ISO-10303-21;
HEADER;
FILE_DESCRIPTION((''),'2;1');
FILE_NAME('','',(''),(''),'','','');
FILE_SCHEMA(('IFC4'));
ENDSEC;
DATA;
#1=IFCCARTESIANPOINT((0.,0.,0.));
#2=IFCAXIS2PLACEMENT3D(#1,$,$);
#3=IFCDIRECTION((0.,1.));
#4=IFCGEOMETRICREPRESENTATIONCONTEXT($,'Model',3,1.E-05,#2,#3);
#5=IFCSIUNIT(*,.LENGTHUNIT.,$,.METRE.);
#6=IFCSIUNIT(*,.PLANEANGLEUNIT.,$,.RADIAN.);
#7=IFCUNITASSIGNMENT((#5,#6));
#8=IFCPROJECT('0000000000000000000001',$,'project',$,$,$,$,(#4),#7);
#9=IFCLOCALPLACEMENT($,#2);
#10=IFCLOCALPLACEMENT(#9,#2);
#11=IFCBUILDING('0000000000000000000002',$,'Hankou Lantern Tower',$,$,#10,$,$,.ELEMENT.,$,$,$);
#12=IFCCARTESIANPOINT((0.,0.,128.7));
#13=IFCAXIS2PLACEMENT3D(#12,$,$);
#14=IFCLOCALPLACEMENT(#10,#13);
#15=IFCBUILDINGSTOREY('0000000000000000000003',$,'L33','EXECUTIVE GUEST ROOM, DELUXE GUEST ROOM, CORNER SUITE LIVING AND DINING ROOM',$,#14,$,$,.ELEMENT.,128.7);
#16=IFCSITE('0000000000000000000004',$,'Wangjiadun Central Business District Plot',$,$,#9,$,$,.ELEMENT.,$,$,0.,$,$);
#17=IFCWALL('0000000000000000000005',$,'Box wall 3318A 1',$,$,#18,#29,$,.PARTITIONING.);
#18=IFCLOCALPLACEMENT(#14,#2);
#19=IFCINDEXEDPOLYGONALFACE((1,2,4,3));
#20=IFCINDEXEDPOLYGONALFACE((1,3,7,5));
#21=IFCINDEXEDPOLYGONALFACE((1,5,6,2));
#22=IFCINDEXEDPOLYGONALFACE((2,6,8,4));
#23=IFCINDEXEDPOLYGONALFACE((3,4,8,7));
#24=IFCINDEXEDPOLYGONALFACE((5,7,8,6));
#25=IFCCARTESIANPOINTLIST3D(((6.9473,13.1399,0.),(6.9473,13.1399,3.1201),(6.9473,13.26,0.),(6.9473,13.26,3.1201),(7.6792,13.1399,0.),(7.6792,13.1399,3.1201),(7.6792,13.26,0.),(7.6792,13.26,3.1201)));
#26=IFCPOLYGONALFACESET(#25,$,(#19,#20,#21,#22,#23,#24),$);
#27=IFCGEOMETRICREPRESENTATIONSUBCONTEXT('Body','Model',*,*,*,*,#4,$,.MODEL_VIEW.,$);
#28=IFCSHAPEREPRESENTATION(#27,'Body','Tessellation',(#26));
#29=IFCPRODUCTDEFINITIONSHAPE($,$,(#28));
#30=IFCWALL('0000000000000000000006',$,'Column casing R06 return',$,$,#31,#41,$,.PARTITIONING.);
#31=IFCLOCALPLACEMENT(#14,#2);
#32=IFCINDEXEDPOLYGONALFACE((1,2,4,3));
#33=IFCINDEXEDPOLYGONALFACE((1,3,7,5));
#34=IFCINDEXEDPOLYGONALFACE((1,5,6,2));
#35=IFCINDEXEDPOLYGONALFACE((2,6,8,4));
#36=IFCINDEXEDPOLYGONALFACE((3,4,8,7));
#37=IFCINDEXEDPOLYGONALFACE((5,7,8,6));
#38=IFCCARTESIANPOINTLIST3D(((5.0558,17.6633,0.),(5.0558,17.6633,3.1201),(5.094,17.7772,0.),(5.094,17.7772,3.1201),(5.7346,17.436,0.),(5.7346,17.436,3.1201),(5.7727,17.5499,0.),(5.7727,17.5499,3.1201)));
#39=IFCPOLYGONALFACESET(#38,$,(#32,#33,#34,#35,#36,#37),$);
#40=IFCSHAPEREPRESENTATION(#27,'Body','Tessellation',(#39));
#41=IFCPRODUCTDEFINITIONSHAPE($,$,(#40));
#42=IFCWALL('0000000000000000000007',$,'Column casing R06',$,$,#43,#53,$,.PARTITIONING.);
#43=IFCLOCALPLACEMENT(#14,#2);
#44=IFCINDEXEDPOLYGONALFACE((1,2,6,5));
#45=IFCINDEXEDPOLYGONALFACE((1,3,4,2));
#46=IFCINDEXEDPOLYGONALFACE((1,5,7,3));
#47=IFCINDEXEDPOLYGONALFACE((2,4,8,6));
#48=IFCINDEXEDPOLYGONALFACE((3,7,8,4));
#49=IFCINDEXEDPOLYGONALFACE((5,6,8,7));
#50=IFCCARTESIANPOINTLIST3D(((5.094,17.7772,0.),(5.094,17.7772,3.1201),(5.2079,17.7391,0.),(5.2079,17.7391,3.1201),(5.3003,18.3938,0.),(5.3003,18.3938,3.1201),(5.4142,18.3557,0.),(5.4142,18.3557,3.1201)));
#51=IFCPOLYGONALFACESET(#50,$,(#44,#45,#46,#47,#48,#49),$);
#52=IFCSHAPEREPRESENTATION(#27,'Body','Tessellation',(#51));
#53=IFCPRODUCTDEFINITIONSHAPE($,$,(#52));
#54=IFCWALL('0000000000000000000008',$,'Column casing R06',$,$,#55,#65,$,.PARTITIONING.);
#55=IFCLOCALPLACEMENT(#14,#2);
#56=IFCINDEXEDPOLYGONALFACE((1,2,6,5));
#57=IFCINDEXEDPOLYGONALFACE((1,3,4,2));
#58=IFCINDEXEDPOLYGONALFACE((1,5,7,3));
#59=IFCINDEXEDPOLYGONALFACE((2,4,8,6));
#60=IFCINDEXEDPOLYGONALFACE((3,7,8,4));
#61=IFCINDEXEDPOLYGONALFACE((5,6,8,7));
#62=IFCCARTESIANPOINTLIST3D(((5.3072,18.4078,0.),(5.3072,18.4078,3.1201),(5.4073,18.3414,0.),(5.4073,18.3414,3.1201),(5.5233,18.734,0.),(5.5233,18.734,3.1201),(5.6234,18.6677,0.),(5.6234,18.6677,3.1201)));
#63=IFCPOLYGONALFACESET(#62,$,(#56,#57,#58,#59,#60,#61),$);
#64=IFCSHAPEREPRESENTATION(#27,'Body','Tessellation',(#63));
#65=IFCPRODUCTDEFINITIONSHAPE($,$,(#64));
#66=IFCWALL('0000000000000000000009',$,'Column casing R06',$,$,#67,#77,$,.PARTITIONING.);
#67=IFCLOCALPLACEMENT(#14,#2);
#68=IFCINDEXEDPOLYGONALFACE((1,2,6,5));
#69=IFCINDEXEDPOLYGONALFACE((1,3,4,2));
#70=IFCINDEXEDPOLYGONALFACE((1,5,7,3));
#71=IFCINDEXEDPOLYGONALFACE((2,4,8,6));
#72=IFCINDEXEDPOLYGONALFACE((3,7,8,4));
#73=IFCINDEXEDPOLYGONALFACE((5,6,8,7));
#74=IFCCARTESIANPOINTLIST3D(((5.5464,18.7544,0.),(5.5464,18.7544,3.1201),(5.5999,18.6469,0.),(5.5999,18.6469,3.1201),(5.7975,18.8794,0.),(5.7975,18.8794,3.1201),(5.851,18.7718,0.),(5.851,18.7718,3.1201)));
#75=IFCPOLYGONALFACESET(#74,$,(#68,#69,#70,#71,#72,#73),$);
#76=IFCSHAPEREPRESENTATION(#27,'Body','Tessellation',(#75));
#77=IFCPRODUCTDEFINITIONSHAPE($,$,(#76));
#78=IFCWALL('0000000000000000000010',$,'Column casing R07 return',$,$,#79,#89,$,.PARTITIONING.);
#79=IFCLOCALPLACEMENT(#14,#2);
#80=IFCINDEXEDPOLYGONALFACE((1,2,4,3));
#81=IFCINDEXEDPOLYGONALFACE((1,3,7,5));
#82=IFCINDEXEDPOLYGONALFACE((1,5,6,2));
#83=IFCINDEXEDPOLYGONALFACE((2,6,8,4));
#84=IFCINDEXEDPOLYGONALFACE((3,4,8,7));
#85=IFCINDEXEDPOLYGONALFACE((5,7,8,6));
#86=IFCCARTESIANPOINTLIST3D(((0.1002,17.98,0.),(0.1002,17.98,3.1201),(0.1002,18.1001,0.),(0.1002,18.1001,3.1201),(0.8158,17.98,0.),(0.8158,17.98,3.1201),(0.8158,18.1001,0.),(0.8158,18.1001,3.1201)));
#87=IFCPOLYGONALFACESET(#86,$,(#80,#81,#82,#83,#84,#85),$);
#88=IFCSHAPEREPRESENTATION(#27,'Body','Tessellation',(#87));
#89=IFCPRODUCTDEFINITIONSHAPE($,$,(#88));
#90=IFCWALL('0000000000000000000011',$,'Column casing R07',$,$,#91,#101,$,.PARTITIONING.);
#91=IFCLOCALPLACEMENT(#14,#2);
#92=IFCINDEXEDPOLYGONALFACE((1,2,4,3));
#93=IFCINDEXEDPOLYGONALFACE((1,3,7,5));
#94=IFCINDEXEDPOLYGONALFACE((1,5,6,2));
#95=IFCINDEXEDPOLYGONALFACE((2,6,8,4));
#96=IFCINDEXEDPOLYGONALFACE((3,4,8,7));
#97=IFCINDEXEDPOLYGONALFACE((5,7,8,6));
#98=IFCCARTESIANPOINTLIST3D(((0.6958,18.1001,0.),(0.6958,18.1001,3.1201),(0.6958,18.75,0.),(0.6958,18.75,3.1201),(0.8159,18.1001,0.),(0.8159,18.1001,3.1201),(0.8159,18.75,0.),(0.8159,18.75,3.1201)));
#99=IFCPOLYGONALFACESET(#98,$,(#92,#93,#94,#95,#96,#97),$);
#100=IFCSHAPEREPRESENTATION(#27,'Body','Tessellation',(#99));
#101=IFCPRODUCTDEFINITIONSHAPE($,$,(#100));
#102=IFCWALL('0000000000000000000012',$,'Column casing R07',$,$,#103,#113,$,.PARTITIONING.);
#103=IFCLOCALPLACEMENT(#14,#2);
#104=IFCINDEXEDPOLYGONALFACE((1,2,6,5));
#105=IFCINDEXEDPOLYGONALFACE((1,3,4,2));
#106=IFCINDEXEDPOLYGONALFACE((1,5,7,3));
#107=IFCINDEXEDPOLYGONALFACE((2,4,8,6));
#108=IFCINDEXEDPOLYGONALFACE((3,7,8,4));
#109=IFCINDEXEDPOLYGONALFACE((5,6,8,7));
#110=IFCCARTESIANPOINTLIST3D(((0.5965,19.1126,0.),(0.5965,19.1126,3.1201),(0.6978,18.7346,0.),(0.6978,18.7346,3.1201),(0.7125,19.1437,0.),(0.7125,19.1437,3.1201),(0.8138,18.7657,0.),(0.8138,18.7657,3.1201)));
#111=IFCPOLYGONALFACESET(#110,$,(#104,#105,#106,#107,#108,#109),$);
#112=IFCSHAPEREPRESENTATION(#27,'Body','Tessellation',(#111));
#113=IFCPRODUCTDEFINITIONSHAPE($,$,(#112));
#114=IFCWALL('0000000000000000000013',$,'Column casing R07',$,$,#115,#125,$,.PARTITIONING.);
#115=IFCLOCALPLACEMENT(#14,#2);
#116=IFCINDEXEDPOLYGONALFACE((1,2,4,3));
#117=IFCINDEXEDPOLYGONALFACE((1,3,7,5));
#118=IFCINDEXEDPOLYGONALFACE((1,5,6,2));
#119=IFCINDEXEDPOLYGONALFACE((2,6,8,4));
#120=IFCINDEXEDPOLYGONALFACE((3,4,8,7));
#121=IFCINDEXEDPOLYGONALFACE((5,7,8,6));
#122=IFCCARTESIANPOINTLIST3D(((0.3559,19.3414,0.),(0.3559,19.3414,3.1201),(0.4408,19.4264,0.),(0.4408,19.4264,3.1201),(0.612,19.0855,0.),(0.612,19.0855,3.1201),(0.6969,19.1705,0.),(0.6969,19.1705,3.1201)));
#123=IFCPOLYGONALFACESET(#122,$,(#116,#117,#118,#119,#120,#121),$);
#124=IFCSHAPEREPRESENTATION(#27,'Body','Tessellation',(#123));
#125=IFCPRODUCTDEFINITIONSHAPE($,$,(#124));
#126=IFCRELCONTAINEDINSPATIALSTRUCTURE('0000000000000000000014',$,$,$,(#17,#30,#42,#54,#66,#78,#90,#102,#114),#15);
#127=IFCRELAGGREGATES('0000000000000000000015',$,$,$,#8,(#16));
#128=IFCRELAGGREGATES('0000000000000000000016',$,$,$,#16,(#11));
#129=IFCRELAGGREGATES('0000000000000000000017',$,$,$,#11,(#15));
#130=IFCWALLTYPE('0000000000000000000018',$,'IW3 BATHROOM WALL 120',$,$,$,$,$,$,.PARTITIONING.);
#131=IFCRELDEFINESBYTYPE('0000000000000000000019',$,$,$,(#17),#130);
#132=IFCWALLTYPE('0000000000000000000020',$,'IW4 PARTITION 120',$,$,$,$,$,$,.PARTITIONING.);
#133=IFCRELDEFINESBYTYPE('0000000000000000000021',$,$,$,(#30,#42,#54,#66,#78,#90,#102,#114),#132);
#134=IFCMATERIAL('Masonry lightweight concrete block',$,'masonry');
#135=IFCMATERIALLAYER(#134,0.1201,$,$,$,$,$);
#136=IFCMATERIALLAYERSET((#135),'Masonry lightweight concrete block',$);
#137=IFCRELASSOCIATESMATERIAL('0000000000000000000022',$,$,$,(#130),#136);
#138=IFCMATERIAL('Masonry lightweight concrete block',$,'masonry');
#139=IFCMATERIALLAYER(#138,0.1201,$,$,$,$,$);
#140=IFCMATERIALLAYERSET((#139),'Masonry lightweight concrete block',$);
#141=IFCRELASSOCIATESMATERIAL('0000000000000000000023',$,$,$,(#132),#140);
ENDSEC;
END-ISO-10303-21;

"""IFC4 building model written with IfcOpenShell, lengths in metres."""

from ifc_helpers import new_model, si_unit, direction, frame, frame_2d, origin, place, context, subcontext, project, spatial, rectangle, extrude, material, layer, layer_set, type_object, element, save


model = new_model("IFC4")

# Units and contexts
model_context = context("Model", 3, precision=1e-05, world=origin(), true_north=direction((0.0, 1.0)))
body_context = subcontext(model_context, "Body", "Model", "MODEL_VIEW")
ifc_project = project(units=[si_unit("LENGTHUNIT", "METRE"), si_unit("PLANEANGLEUNIT", "RADIAN")], contexts=[model_context])

# Site, building, storey
site_placement = place(None, origin())
site = spatial("IfcSite", under=ifc_project, at=site_placement, Name="Wangjiadun Central Business District Plot", CompositionType="ELEMENT", RefElevation=0.0)
building_placement = place(site_placement, origin())
building = spatial("IfcBuilding", under=site, at=building_placement, Name="Hankou Lantern Tower", CompositionType="ELEMENT")
storey_placement = place(building_placement, frame((0.0, 0.0, 128.7)))
storey = spatial("IfcBuildingStorey", under=building, at=storey_placement, Name="L33", Description="EXECUTIVE GUEST ROOM, DELUXE GUEST ROOM, CORNER SUITE LIVING AND DINING ROOM", CompositionType="ELEMENT", Elevation=128.7)

# Shared definitions
ifc_material_1 = material(Name="Masonry lightweight concrete block", Category="masonry")
ifc_layer_1 = layer(ifc_material_1, 0.1201)
ifc_layer_set_1 = layer_set([ifc_layer_1], Name="Masonry lightweight concrete block")
wall_type_1 = type_object("IfcWallType", Name="IW3 BATHROOM WALL 120", PredefinedType="PARTITIONING", material=ifc_layer_set_1)

# Walls
wall_1_placement = place(storey_placement, frame((6.9473, 13.2, 0.0), z_axis=(0.0, 0.0, 1.0), x_axis=(1.0, 0.0, 0.0)))
element("IfcWall", 1, at=wall_1_placement, inside=storey, type_object=wall_type_1, Name="Box wall 3318A 1", PredefinedType="PARTITIONING", context=body_context, shape_type="SweptSolid", body=[
    extrude(rectangle(XDim=0.7319, YDim=0.1201, at=frame_2d((0.366, 0.0))), origin(), (0.0, 0.0, 1.0), 3.1201),
])
ifc_material_2 = material(Name="Masonry lightweight concrete block", Category="masonry")
ifc_layer_2 = layer(ifc_material_2, 0.1201)
ifc_layer_set_2 = layer_set([ifc_layer_2], Name="Masonry lightweight concrete block")
wall_type_2 = type_object("IfcWallType", Name="IW4 PARTITION 120", PredefinedType="PARTITIONING", material=ifc_layer_set_2)
wall_2_placement = place(storey_placement, frame((5.7537, 17.4929, 0.0), z_axis=(0.0, 0.0, 1.0), x_axis=(-0.948239, 0.317558, 0.0)))
element("IfcWall", 2, at=wall_2_placement, inside=storey, type_object=wall_type_2, Name="Column casing R06 return", PredefinedType="PARTITIONING", context=body_context, shape_type="SweptSolid", body=[
    extrude(rectangle(XDim=0.7158, YDim=0.1201, at=frame_2d((0.3579, 0.0))), origin(), (0.0, 0.0, 1.0), 3.1201),
])
wall_3_placement = place(storey_placement, frame((5.1509, 17.7581, 0.0), z_axis=(0.0, 0.0, 1.0), x_axis=(0.317354, 0.948307, 0.0)))
element("IfcWall", 3, at=wall_3_placement, inside=storey, type_object=wall_type_2, Name="Column casing R06", PredefinedType="PARTITIONING", context=body_context, shape_type="SweptSolid", body=[
    extrude(rectangle(XDim=0.6501, YDim=0.1201, at=frame_2d((0.3252, 0.0))), origin(), (0.0, 0.0, 1.0), 3.1201),
])
wall_4_placement = place(storey_placement, frame((5.3572, 18.3745, 0.0), z_axis=(0.0, 0.0, 1.0), x_axis=(0.55225, 0.833679, 0.0)))
element("IfcWall", 4, at=wall_4_placement, inside=storey, type_object=wall_type_2, Name="Column casing R06", PredefinedType="PARTITIONING", context=body_context, shape_type="SweptSolid", body=[
    extrude(rectangle(XDim=0.3914, YDim=0.1201, at=frame_2d((0.1958, 0.0))), origin(), (0.0, 0.0, 1.0), 3.1201),
])
wall_5_placement = place(storey_placement, frame((5.5732, 18.7007, 0.0), z_axis=(0.0, 0.0, 1.0), x_axis=(0.895296, 0.445473, 0.0)))
element("IfcWall", 5, at=wall_5_placement, inside=storey, type_object=wall_type_2, Name="Column casing R06", PredefinedType="PARTITIONING", context=body_context, shape_type="SweptSolid", body=[
    extrude(rectangle(XDim=0.2805, YDim=0.1201, at=frame_2d((0.1401, 0.0))), origin(), (0.0, 0.0, 1.0), 3.1201),
])
wall_6_placement = place(storey_placement, frame((0.1001, 18.04, 0.0), z_axis=(0.0, 0.0, 1.0), x_axis=(1.0, 0.0, 0.0)))
element("IfcWall", 6, at=wall_6_placement, inside=storey, type_object=wall_type_2, Name="Column casing R07 return", PredefinedType="PARTITIONING", context=body_context, shape_type="SweptSolid", body=[
    extrude(rectangle(XDim=0.7156, YDim=0.1201, at=frame_2d((0.3579, 0.0))), origin(), (0.0, 0.0, 1.0), 3.1201),
])
wall_7_placement = place(storey_placement, frame((0.7559, 18.1001, 0.0), z_axis=(0.0, 0.0, 1.0), x_axis=(0.0, 1.0, 0.0)))
element("IfcWall", 7, at=wall_7_placement, inside=storey, type_object=wall_type_2, Name="Column casing R07", PredefinedType="PARTITIONING", context=body_context, shape_type="SweptSolid", body=[
    extrude(rectangle(XDim=0.6499, YDim=0.1201, at=frame_2d((0.325, 0.0))), origin(), (0.0, 0.0, 1.0), 3.1201),
])
wall_8_placement = place(storey_placement, frame((0.7559, 18.75, 0.0), z_axis=(0.0, 0.0, 1.0), x_axis=(-0.258944, 0.965892, 0.0)))
element("IfcWall", 8, at=wall_8_placement, inside=storey, type_object=wall_type_2, Name="Column casing R07", PredefinedType="PARTITIONING", context=body_context, shape_type="SweptSolid", body=[
    extrude(rectangle(XDim=0.3914, YDim=0.1201, at=frame_2d((0.1958, 0.0))), origin(), (0.0, 0.0, 1.0), 3.1201),
])
wall_9_placement = place(storey_placement, frame((0.6545, 19.1279, 0.0), z_axis=(0.0, 0.0, 1.0), x_axis=(-0.707444, 0.70677, 0.0)))
element("IfcWall", 9, at=wall_9_placement, inside=storey, type_object=wall_type_2, Name="Column casing R07", PredefinedType="PARTITIONING", context=body_context, shape_type="SweptSolid", body=[
    extrude(rectangle(XDim=0.3621, YDim=0.1201, at=frame_2d((0.1812, 0.0))), origin(), (0.0, 0.0, 1.0), 3.1201),
])

save(model, "model.ifc")
